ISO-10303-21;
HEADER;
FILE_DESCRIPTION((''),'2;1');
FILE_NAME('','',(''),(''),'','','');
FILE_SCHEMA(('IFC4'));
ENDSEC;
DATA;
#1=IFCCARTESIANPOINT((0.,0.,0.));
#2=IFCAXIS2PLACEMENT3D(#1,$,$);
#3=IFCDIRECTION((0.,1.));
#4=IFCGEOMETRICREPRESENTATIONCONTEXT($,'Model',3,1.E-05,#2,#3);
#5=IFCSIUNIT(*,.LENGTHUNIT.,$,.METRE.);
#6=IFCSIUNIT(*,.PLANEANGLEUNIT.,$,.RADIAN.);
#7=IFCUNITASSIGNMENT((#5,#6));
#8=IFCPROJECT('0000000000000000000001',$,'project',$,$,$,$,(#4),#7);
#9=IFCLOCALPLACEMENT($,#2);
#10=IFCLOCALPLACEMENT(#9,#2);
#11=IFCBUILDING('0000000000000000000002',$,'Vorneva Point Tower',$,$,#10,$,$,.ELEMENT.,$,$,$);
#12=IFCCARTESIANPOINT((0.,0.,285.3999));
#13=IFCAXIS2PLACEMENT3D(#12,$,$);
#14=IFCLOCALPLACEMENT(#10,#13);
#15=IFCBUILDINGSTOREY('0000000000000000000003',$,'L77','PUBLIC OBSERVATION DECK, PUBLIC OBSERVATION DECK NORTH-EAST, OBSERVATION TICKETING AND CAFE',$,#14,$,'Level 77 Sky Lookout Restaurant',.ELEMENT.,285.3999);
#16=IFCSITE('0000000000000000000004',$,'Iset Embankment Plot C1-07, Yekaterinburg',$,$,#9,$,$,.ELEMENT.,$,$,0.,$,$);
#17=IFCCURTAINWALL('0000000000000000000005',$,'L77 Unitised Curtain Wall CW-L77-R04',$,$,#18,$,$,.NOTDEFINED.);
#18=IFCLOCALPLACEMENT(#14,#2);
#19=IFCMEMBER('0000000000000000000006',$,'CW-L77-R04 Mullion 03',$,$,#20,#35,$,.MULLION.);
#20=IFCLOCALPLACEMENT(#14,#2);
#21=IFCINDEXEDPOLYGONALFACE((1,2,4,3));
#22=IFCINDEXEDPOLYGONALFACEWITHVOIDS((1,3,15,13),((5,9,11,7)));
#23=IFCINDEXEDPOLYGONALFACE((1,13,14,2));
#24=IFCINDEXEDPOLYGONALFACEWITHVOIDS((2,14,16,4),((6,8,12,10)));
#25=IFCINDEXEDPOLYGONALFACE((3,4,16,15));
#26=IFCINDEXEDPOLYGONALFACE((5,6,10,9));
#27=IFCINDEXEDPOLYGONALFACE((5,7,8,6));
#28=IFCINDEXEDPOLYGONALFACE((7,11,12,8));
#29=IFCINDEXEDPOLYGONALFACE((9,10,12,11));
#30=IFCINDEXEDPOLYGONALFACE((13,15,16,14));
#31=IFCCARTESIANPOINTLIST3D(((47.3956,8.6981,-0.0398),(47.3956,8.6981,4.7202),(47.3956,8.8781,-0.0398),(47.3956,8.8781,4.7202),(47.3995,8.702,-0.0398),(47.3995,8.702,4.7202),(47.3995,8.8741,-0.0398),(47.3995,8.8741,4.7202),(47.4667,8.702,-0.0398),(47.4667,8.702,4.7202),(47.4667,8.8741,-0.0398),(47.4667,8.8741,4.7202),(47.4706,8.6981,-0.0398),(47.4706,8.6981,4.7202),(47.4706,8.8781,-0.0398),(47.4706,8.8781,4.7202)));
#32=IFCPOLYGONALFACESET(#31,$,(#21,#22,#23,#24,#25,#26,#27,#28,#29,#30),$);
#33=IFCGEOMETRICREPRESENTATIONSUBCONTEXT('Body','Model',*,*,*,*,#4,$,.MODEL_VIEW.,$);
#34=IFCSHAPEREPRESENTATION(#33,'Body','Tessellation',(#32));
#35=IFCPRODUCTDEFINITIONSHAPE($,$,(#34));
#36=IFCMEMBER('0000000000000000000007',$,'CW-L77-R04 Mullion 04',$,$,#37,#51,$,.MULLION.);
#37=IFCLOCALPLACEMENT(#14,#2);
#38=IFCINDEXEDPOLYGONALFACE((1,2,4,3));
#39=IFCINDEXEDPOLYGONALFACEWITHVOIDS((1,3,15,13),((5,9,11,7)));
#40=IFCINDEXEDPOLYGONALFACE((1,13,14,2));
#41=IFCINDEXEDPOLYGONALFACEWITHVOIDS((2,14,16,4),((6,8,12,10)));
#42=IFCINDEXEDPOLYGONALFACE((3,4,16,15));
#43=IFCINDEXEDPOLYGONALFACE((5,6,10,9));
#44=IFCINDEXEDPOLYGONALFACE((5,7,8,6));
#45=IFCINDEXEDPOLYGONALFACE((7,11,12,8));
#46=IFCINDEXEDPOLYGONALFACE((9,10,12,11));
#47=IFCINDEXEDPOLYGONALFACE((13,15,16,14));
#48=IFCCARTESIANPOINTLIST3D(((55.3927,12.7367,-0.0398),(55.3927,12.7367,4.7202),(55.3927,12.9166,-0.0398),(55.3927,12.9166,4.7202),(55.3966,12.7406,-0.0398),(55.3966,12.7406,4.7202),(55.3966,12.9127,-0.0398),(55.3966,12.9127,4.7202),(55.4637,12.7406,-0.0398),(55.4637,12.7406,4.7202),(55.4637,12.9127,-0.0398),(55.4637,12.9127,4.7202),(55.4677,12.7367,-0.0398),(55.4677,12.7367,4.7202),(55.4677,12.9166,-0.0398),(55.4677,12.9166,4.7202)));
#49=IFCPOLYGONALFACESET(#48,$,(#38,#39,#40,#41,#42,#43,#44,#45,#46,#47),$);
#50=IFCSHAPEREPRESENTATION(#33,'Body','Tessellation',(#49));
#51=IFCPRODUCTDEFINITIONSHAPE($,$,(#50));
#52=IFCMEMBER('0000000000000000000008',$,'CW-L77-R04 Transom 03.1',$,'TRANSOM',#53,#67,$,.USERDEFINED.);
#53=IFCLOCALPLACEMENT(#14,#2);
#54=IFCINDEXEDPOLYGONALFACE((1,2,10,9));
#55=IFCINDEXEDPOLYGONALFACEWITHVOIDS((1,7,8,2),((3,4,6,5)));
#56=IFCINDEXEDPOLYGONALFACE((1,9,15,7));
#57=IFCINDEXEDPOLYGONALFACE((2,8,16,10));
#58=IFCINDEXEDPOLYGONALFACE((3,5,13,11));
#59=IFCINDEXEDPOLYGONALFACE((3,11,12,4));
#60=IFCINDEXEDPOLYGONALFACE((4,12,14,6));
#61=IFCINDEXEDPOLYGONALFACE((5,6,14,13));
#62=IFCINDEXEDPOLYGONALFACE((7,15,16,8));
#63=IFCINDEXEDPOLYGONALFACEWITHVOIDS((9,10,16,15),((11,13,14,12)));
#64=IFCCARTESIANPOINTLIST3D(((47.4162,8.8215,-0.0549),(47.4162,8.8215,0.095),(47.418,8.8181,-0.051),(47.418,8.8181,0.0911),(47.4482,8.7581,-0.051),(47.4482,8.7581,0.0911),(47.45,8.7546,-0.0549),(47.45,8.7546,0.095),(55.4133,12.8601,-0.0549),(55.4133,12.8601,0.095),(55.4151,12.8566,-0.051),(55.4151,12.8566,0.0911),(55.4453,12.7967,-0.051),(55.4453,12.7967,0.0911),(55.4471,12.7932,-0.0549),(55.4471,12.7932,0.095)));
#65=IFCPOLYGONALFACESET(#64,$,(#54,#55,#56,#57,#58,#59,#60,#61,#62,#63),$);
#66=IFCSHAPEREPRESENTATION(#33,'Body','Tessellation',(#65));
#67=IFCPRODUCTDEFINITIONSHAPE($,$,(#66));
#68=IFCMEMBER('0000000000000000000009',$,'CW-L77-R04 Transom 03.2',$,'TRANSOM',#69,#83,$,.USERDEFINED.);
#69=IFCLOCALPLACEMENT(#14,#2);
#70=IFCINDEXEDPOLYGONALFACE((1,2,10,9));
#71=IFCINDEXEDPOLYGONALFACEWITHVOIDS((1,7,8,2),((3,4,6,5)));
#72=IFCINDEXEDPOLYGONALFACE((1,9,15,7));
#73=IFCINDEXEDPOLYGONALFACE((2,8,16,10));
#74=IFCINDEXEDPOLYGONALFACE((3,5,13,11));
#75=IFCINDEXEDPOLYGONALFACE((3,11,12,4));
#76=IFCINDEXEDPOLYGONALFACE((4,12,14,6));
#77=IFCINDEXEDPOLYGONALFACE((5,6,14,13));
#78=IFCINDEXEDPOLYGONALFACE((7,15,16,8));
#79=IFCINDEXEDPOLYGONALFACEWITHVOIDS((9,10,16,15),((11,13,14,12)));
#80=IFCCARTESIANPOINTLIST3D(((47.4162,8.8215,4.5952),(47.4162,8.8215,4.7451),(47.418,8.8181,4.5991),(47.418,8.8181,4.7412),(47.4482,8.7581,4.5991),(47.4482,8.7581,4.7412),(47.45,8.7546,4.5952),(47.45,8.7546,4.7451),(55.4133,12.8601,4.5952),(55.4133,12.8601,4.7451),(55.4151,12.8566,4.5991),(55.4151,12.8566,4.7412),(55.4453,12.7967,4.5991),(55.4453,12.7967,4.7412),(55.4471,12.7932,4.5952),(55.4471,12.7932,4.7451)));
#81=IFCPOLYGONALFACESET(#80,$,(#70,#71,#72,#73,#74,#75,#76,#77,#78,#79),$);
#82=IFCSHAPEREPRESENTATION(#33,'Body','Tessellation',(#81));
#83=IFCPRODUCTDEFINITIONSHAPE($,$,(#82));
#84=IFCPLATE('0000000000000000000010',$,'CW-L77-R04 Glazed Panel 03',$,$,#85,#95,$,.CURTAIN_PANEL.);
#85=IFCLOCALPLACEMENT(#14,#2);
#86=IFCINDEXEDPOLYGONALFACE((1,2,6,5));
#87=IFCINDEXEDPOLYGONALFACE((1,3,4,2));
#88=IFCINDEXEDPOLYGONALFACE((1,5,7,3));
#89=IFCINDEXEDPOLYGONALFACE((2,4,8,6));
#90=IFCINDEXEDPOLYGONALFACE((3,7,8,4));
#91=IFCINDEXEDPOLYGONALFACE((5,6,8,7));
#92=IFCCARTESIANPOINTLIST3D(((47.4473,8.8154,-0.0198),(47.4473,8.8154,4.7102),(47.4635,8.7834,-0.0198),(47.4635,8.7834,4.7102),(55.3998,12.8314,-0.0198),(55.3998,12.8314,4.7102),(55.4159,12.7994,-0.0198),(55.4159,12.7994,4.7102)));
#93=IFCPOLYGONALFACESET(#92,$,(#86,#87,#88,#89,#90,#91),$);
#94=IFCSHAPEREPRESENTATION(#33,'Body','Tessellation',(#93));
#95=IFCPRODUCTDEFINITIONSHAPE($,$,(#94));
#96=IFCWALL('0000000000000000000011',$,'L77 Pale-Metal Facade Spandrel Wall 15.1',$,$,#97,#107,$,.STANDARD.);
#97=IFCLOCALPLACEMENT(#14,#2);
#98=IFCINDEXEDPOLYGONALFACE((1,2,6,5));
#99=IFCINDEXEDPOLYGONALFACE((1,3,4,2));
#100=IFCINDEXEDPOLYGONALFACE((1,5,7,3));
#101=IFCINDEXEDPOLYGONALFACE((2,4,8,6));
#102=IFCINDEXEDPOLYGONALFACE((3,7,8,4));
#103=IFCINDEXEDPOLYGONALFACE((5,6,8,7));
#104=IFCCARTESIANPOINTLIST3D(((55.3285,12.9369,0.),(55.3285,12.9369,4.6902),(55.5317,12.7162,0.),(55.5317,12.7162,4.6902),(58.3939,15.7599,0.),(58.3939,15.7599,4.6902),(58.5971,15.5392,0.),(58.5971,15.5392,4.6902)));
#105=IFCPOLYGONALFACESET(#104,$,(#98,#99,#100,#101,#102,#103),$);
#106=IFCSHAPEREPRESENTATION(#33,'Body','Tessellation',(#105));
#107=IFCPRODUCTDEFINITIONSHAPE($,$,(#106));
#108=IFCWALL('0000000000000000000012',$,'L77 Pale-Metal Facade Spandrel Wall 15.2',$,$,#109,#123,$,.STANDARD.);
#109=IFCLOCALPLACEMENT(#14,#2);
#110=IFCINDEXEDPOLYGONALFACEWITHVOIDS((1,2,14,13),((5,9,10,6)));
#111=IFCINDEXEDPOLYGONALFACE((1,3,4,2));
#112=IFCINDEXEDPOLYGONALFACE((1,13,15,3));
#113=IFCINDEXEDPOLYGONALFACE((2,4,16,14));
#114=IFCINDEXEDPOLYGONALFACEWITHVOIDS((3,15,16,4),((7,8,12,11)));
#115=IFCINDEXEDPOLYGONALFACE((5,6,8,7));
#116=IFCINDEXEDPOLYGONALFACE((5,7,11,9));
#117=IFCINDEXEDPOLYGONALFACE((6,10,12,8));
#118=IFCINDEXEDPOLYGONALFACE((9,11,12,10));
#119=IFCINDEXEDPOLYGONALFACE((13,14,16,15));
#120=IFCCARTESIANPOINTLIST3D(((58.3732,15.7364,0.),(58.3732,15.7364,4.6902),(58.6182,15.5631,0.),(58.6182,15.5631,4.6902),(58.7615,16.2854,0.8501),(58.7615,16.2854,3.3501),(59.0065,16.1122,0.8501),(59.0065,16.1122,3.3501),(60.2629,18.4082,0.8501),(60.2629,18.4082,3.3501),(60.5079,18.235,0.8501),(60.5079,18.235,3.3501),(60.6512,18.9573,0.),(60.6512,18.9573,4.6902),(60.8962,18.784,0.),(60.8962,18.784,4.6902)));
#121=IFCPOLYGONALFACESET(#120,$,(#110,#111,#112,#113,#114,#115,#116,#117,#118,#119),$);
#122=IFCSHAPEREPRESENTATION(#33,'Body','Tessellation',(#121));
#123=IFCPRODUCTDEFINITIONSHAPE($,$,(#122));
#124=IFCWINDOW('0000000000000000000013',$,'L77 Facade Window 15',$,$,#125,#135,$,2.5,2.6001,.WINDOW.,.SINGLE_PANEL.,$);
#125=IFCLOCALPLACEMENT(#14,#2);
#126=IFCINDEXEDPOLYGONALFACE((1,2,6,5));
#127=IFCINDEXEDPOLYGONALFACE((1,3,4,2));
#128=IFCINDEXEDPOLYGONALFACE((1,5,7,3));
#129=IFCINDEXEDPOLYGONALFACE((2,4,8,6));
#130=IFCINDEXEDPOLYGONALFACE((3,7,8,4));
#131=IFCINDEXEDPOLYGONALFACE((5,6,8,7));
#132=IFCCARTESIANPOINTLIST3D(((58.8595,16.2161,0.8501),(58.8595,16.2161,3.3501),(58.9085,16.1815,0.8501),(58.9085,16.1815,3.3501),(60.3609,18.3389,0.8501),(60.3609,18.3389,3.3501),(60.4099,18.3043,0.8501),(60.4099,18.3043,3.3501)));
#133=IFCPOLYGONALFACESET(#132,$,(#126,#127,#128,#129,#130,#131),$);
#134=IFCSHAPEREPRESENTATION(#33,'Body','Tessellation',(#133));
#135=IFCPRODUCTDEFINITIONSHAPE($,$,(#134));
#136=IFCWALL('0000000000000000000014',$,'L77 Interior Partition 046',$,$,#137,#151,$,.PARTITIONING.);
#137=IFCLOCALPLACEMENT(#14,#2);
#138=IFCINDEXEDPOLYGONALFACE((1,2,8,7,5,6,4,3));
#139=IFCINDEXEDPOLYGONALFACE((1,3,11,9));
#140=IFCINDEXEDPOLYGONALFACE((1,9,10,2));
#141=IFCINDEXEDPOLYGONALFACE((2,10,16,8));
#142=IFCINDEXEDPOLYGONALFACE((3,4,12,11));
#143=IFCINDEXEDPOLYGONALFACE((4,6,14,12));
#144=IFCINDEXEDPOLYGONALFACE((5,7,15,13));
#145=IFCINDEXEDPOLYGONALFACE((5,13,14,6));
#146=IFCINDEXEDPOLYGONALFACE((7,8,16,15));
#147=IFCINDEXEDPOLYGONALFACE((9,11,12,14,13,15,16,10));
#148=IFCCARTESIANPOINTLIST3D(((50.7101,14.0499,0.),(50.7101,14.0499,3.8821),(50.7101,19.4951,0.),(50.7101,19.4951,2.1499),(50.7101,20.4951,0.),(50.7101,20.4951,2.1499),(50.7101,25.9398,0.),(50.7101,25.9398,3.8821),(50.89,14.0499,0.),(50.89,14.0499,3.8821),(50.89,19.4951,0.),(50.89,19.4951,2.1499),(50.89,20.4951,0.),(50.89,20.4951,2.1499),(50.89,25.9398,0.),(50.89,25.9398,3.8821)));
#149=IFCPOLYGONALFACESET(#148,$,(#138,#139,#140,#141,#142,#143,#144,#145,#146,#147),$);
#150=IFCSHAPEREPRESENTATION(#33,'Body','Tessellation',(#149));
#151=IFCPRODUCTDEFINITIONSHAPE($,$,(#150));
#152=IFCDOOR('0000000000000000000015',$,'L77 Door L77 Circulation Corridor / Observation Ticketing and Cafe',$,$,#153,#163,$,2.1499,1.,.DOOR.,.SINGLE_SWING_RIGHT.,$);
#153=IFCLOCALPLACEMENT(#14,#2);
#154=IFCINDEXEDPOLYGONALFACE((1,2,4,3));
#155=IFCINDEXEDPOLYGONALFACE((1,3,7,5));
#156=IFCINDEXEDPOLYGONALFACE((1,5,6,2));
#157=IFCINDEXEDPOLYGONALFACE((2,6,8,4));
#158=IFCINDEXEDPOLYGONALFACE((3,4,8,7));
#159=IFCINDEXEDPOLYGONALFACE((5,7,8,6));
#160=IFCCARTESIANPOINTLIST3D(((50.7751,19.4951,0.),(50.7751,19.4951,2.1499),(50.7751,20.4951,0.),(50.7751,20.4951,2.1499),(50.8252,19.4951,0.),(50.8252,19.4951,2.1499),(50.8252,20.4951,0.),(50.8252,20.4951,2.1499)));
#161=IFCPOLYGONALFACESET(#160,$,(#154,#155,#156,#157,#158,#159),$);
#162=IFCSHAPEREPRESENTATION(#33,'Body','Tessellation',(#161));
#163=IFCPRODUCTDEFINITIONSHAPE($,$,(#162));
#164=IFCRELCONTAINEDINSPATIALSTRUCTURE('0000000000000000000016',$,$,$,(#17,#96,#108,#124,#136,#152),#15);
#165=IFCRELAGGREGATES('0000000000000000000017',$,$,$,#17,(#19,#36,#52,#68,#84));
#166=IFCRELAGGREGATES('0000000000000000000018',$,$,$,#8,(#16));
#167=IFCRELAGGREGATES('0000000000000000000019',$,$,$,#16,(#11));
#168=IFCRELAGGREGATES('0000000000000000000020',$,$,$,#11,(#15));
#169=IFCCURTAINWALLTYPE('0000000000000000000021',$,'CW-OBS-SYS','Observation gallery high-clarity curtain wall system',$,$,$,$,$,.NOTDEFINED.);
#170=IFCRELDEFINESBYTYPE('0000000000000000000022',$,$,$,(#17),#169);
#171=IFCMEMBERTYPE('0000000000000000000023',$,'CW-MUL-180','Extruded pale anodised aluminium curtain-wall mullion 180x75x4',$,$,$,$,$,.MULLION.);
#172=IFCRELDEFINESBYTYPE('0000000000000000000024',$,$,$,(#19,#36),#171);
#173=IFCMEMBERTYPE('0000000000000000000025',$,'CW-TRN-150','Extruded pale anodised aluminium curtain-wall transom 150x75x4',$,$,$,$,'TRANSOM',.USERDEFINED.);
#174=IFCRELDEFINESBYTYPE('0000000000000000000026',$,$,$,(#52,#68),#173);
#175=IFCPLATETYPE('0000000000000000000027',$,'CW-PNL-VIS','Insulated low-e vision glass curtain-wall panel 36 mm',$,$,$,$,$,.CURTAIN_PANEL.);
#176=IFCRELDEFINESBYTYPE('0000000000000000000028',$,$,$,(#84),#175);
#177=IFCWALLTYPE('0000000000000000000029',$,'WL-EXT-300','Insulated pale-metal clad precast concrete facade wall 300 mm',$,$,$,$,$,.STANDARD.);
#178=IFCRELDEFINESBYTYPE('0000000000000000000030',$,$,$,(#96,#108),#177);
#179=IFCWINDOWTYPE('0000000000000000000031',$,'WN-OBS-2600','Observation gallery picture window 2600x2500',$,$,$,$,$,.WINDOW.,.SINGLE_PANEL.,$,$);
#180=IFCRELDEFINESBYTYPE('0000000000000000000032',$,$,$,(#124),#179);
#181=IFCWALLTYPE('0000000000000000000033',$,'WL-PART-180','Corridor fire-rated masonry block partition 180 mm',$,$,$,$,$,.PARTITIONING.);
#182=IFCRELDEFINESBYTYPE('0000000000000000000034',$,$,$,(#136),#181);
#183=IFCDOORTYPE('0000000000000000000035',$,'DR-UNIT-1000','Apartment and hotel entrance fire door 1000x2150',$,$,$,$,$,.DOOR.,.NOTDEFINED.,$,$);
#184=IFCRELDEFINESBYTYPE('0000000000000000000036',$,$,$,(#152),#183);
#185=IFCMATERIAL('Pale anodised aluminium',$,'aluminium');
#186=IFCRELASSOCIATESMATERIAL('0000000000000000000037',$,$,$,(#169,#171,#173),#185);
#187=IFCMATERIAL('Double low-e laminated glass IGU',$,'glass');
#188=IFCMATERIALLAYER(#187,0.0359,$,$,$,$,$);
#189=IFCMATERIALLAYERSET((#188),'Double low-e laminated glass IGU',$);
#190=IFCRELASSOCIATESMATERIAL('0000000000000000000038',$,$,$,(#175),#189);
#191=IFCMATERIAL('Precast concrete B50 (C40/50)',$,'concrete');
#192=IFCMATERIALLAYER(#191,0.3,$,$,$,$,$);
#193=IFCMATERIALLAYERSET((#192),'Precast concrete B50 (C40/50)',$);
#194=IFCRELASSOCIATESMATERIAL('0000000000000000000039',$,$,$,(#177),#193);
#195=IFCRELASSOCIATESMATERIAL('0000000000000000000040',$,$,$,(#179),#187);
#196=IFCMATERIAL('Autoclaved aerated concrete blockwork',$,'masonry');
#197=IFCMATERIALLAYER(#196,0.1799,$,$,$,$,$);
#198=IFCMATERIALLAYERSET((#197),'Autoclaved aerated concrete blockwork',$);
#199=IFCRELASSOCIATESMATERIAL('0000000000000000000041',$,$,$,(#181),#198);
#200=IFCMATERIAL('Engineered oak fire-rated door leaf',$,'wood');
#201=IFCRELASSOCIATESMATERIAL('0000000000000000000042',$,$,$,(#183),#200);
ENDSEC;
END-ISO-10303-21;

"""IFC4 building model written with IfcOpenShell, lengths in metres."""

from ifc_helpers import new_model, si_unit, direction, frame, frame_2d, origin, origin_2d, place, context, subcontext, project, spatial, rectangle, hollow_rectangle, extrude, material, layer, layer_set, material_profile, profile_set, type_object, element, fill, aggregate, save


model = new_model("IFC4")

# Units and contexts
model_context = context("Model", 3, precision=1e-05, world=origin(), true_north=direction((0.0, 1.0)))
body_context = subcontext(model_context, "Body", "Model", "MODEL_VIEW")
ifc_project = project(units=[si_unit("LENGTHUNIT", "METRE"), si_unit("PLANEANGLEUNIT", "RADIAN")], contexts=[model_context])

# Site, building, storey
site_placement = place(None, origin())
site = spatial("IfcSite", under=ifc_project, at=site_placement, Name="Iset Embankment Plot C1-07, Yekaterinburg", CompositionType="ELEMENT", RefElevation=0.0)
building_placement = place(site_placement, origin())
building = spatial("IfcBuilding", under=site, at=building_placement, Name="Vorneva Point Tower", CompositionType="ELEMENT")
storey_placement = place(building_placement, frame((0.0, 0.0, 285.3999)))
storey = spatial("IfcBuildingStorey", under=building, at=storey_placement, Name="L77", Description="PUBLIC OBSERVATION DECK, PUBLIC OBSERVATION DECK NORTH-EAST, OBSERVATION TICKETING AND CAFE", LongName="Level 77 Sky Lookout Restaurant", CompositionType="ELEMENT", Elevation=285.3999)

# Curtain wall, members, plate
ifc_material_1 = material(Name="Pale anodised aluminium", Category="aluminium")
curtain_wall_type = type_object("IfcCurtainWallType", Name="CW-OBS-SYS", Description="Observation gallery high-clarity curtain wall system", PredefinedType="NOTDEFINED", material=ifc_material_1)
curtain_wall_placement = place(storey_placement, origin())
curtain_wall = element("IfcCurtainWall", 1, at=curtain_wall_placement, inside=storey, type_object=curtain_wall_type, Name="L77 Unitised Curtain Wall CW-L77-R04", PredefinedType="NOTDEFINED")
ifc_material_profile_1 = material_profile(ifc_material_1, hollow_rectangle(XDim=0.075, YDim=0.1799, WallThickness=0.0039, at=origin_2d()), Name="AL-MUL 180x75x4")
ifc_profile_set_1 = profile_set([ifc_material_profile_1], Name="Pale anodised aluminium")
member_type_1 = type_object("IfcMemberType", Name="CW-MUL-180", Description="Extruded pale anodised aluminium curtain-wall mullion 180x75x4", PredefinedType="MULLION", material=ifc_profile_set_1)
member_1_placement = place(storey_placement, frame((47.4331, 8.7881, -0.0398), z_axis=(0.0, 0.0, 1.0), x_axis=(1.0, 0.0, 0.0)))
member_1 = element("IfcMember", 2, at=member_1_placement, type_object=member_type_1, Name="CW-L77-R04 Mullion 03", PredefinedType="MULLION", context=body_context, shape_type="SweptSolid", body=[
    extrude(hollow_rectangle(XDim=0.075, YDim=0.1799, WallThickness=0.0039, at=origin_2d()), origin(), (0.0, 0.0, 1.0), 4.76),
])
member_2_placement = place(storey_placement, frame((55.4302, 12.8267, -0.0398), z_axis=(0.0, 0.0, 1.0), x_axis=(1.0, 0.0, 0.0)))
member_2 = element("IfcMember", 3, at=member_2_placement, type_object=member_type_1, Name="CW-L77-R04 Mullion 04", PredefinedType="MULLION", context=body_context, shape_type="SweptSolid", body=[
    extrude(hollow_rectangle(XDim=0.075, YDim=0.1799, WallThickness=0.0039, at=origin_2d()), origin(), (0.0, 0.0, 1.0), 4.76),
])
ifc_material_profile_2 = material_profile(ifc_material_1, hollow_rectangle(XDim=0.075, YDim=0.1499, WallThickness=0.0039, at=origin_2d()), Name="AL-TRN 150x75x4")
ifc_profile_set_2 = profile_set([ifc_material_profile_2], Name="Pale anodised aluminium")
member_type_2 = type_object("IfcMemberType", Name="CW-TRN-150", Description="Extruded pale anodised aluminium curtain-wall transom 150x75x4", ElementType="TRANSOM", PredefinedType="USERDEFINED", material=ifc_profile_set_2)
member_3_placement = place(storey_placement, frame((47.4331, 8.7881, 0.02), z_axis=(0.892632, 0.450785, 0.0), x_axis=(-0.450785, 0.892632, 0.0)))
member_3 = element("IfcMember", 4, at=member_3_placement, type_object=member_type_2, Name="CW-L77-R04 Transom 03.1", ObjectType="TRANSOM", PredefinedType="USERDEFINED", context=body_context, shape_type="SweptSolid", body=[
    extrude(hollow_rectangle(XDim=0.075, YDim=0.1499, WallThickness=0.0039, at=origin_2d()), origin(), (0.0, 0.0, 1.0), 8.959),
])
member_4_placement = place(storey_placement, frame((47.4331, 8.7881, 4.6702), z_axis=(0.892632, 0.450785, 0.0), x_axis=(-0.450785, 0.892632, 0.0)))
member_4 = element("IfcMember", 5, at=member_4_placement, type_object=member_type_2, Name="CW-L77-R04 Transom 03.2", ObjectType="TRANSOM", PredefinedType="USERDEFINED", context=body_context, shape_type="SweptSolid", body=[
    extrude(hollow_rectangle(XDim=0.075, YDim=0.1499, WallThickness=0.0039, at=origin_2d()), origin(), (0.0, 0.0, 1.0), 8.959),
])
ifc_material_2 = material(Name="Double low-e laminated glass IGU", Category="glass")
ifc_layer_1 = layer(ifc_material_2, 0.0359)
ifc_layer_set_1 = layer_set([ifc_layer_1], Name="Double low-e laminated glass IGU")
plate_type = type_object("IfcPlateType", Name="CW-PNL-VIS", Description="Insulated low-e vision glass curtain-wall panel 36 mm", PredefinedType="CURTAIN_PANEL", material=ifc_layer_set_1)
plate_placement = place(storey_placement, frame((51.4316, 10.8074, -0.0198), z_axis=(0.0, 0.0, 1.0), x_axis=(0.892633, 0.450784, 0.0)))
plate = element("IfcPlate", 6, at=plate_placement, type_object=plate_type, Name="CW-L77-R04 Glazed Panel 03", PredefinedType="CURTAIN_PANEL", context=body_context, shape_type="SweptSolid", body=[
    extrude(rectangle(XDim=8.9089, YDim=0.0359, at=origin_2d()), origin(), (0.0, 0.0, 1.0), 4.73),
])
aggregate(curtain_wall, [member_1, member_2, member_3, member_4, plate])

# Wall
ifc_material_3 = material(Name="Precast concrete B50 (C40/50)", Category="concrete")
ifc_layer_2 = layer(ifc_material_3, 0.3)
ifc_layer_set_2 = layer_set([ifc_layer_2], Name="Precast concrete B50 (C40/50)")
wall_type_1 = type_object("IfcWallType", Name="WL-EXT-300", Description="Insulated pale-metal clad precast concrete facade wall 300 mm", PredefinedType="STANDARD", material=ifc_layer_set_2)
wall_1_placement = place(storey_placement, frame((55.4302, 12.8267, 0.0), z_axis=(0.0, 0.0, 1.0), x_axis=(0.735596, 0.677421, 0.0)))
element("IfcWall", 7, at=wall_1_placement, inside=storey, type_object=wall_type_1, Name="L77 Pale-Metal Facade Spandrel Wall 15.1", PredefinedType="STANDARD", context=body_context, shape_type="SweptSolid", body=[
    extrude(rectangle(XDim=4.1672, YDim=0.3, at=frame_2d((2.0835, 0.0))), origin(), (0.0, 0.0, 1.0), 4.6902),
])

# Wall, opening, window
wall_2_placement = place(storey_placement, frame((58.4956, 15.6497, 0.0), z_axis=(0.0, 0.0, 1.0), x_axis=(0.577439, 0.816434, 0.0)))
wall_2 = element("IfcWall", 8, at=wall_2_placement, inside=storey, type_object=wall_type_1, Name="L77 Pale-Metal Facade Spandrel Wall 15.2", PredefinedType="STANDARD", context=body_context, shape_type="SweptSolid", body=[
    extrude(rectangle(XDim=3.9451, YDim=0.3, at=frame_2d((1.9727, 0.0))), origin(), (0.0, 0.0, 1.0), 4.6902),
])
opening_1_placement = place(wall_2_placement, frame((0.6726, 0.0, 0.8501)))
opening_1 = element("IfcOpeningElement", 9, at=opening_1_placement, cuts=wall_2, PredefinedType="OPENING", context=body_context, shape_type="SweptSolid", body=[
    extrude(rectangle(XDim=2.6001, YDim=2.5, at=frame_2d((1.3, 1.25))), frame((0.0, 0.165, 0.0), z_axis=(0.0, -1.0, 0.0), x_axis=(1.0, 0.0, 0.0)), (0.0, 0.0, 1.0), 0.3298),
])
window_type = type_object("IfcWindowType", Name="WN-OBS-2600", Description="Observation gallery picture window 2600x2500", PartitioningType="SINGLE_PANEL", PredefinedType="WINDOW", material=ifc_material_2)
window_placement = place(opening_1_placement, origin())
window = element("IfcWindow", 10, at=window_placement, inside=storey, type_object=window_type, Name="L77 Facade Window 15", OverallHeight=2.5, OverallWidth=2.6001, PartitioningType="SINGLE_PANEL", PredefinedType="WINDOW", context=body_context, shape_type="SweptSolid", body=[
    extrude(rectangle(XDim=2.6001, YDim=2.5, at=frame_2d((1.3, 1.25))), frame((0.0, 0.03, 0.0), z_axis=(0.0, -1.0, 0.0), x_axis=(1.0, 0.0, 0.0)), (0.0, 0.0, 1.0), 0.0601),
])
fill(opening_1, window)

# Wall, opening, door
ifc_material_4 = material(Name="Autoclaved aerated concrete blockwork", Category="masonry")
ifc_layer_3 = layer(ifc_material_4, 0.1799)
ifc_layer_set_3 = layer_set([ifc_layer_3], Name="Autoclaved aerated concrete blockwork")
wall_type_2 = type_object("IfcWallType", Name="WL-PART-180", Description="Corridor fire-rated masonry block partition 180 mm", PredefinedType="PARTITIONING", material=ifc_layer_set_3)
wall_3_placement = place(storey_placement, frame((50.8, 14.05, 0.0), z_axis=(0.0, 0.0, 1.0), x_axis=(0.0, 1.0, 0.0)))
wall_3 = element("IfcWall", 11, at=wall_3_placement, inside=storey, type_object=wall_type_2, Name="L77 Interior Partition 046", PredefinedType="PARTITIONING", context=body_context, shape_type="SweptSolid", body=[
    extrude(rectangle(XDim=11.8899, YDim=0.1799, at=frame_2d((5.9448, 0.0))), origin(), (0.0, 0.0, 1.0), 3.8821),
])
opening_2_placement = place(wall_3_placement, frame((5.4451, 0.0, 0.0)))
opening_2 = element("IfcOpeningElement", 12, at=opening_2_placement, cuts=wall_3, PredefinedType="OPENING", context=body_context, shape_type="SweptSolid", body=[
    extrude(rectangle(XDim=1.0, YDim=2.1499, at=frame_2d((0.5, 1.075))), frame((0.0, 0.105, 0.0), z_axis=(0.0, -1.0, 0.0), x_axis=(1.0, 0.0, 0.0)), (0.0, 0.0, 1.0), 0.2097),
])
ifc_material_5 = material(Name="Engineered oak fire-rated door leaf", Category="wood")
door_type = type_object("IfcDoorType", Name="DR-UNIT-1000", Description="Apartment and hotel entrance fire door 1000x2150", OperationType="NOTDEFINED", PredefinedType="DOOR", material=ifc_material_5)
door_placement = place(opening_2_placement, origin())
door = element("IfcDoor", 13, at=door_placement, inside=storey, type_object=door_type, Name="L77 Door L77 Circulation Corridor / Observation Ticketing and Cafe", OperationType="SINGLE_SWING_RIGHT", OverallHeight=2.1499, OverallWidth=1.0, PredefinedType="DOOR", context=body_context, shape_type="SweptSolid", body=[
    extrude(rectangle(XDim=1.0, YDim=2.1499, at=frame_2d((0.5, 1.075))), frame((0.0, 0.0249, 0.0), z_axis=(0.0, -1.0, 0.0), x_axis=(1.0, 0.0, 0.0)), (0.0, 0.0, 1.0), 0.05),
])
fill(opening_2, door)

save(model, "model.ifc")
